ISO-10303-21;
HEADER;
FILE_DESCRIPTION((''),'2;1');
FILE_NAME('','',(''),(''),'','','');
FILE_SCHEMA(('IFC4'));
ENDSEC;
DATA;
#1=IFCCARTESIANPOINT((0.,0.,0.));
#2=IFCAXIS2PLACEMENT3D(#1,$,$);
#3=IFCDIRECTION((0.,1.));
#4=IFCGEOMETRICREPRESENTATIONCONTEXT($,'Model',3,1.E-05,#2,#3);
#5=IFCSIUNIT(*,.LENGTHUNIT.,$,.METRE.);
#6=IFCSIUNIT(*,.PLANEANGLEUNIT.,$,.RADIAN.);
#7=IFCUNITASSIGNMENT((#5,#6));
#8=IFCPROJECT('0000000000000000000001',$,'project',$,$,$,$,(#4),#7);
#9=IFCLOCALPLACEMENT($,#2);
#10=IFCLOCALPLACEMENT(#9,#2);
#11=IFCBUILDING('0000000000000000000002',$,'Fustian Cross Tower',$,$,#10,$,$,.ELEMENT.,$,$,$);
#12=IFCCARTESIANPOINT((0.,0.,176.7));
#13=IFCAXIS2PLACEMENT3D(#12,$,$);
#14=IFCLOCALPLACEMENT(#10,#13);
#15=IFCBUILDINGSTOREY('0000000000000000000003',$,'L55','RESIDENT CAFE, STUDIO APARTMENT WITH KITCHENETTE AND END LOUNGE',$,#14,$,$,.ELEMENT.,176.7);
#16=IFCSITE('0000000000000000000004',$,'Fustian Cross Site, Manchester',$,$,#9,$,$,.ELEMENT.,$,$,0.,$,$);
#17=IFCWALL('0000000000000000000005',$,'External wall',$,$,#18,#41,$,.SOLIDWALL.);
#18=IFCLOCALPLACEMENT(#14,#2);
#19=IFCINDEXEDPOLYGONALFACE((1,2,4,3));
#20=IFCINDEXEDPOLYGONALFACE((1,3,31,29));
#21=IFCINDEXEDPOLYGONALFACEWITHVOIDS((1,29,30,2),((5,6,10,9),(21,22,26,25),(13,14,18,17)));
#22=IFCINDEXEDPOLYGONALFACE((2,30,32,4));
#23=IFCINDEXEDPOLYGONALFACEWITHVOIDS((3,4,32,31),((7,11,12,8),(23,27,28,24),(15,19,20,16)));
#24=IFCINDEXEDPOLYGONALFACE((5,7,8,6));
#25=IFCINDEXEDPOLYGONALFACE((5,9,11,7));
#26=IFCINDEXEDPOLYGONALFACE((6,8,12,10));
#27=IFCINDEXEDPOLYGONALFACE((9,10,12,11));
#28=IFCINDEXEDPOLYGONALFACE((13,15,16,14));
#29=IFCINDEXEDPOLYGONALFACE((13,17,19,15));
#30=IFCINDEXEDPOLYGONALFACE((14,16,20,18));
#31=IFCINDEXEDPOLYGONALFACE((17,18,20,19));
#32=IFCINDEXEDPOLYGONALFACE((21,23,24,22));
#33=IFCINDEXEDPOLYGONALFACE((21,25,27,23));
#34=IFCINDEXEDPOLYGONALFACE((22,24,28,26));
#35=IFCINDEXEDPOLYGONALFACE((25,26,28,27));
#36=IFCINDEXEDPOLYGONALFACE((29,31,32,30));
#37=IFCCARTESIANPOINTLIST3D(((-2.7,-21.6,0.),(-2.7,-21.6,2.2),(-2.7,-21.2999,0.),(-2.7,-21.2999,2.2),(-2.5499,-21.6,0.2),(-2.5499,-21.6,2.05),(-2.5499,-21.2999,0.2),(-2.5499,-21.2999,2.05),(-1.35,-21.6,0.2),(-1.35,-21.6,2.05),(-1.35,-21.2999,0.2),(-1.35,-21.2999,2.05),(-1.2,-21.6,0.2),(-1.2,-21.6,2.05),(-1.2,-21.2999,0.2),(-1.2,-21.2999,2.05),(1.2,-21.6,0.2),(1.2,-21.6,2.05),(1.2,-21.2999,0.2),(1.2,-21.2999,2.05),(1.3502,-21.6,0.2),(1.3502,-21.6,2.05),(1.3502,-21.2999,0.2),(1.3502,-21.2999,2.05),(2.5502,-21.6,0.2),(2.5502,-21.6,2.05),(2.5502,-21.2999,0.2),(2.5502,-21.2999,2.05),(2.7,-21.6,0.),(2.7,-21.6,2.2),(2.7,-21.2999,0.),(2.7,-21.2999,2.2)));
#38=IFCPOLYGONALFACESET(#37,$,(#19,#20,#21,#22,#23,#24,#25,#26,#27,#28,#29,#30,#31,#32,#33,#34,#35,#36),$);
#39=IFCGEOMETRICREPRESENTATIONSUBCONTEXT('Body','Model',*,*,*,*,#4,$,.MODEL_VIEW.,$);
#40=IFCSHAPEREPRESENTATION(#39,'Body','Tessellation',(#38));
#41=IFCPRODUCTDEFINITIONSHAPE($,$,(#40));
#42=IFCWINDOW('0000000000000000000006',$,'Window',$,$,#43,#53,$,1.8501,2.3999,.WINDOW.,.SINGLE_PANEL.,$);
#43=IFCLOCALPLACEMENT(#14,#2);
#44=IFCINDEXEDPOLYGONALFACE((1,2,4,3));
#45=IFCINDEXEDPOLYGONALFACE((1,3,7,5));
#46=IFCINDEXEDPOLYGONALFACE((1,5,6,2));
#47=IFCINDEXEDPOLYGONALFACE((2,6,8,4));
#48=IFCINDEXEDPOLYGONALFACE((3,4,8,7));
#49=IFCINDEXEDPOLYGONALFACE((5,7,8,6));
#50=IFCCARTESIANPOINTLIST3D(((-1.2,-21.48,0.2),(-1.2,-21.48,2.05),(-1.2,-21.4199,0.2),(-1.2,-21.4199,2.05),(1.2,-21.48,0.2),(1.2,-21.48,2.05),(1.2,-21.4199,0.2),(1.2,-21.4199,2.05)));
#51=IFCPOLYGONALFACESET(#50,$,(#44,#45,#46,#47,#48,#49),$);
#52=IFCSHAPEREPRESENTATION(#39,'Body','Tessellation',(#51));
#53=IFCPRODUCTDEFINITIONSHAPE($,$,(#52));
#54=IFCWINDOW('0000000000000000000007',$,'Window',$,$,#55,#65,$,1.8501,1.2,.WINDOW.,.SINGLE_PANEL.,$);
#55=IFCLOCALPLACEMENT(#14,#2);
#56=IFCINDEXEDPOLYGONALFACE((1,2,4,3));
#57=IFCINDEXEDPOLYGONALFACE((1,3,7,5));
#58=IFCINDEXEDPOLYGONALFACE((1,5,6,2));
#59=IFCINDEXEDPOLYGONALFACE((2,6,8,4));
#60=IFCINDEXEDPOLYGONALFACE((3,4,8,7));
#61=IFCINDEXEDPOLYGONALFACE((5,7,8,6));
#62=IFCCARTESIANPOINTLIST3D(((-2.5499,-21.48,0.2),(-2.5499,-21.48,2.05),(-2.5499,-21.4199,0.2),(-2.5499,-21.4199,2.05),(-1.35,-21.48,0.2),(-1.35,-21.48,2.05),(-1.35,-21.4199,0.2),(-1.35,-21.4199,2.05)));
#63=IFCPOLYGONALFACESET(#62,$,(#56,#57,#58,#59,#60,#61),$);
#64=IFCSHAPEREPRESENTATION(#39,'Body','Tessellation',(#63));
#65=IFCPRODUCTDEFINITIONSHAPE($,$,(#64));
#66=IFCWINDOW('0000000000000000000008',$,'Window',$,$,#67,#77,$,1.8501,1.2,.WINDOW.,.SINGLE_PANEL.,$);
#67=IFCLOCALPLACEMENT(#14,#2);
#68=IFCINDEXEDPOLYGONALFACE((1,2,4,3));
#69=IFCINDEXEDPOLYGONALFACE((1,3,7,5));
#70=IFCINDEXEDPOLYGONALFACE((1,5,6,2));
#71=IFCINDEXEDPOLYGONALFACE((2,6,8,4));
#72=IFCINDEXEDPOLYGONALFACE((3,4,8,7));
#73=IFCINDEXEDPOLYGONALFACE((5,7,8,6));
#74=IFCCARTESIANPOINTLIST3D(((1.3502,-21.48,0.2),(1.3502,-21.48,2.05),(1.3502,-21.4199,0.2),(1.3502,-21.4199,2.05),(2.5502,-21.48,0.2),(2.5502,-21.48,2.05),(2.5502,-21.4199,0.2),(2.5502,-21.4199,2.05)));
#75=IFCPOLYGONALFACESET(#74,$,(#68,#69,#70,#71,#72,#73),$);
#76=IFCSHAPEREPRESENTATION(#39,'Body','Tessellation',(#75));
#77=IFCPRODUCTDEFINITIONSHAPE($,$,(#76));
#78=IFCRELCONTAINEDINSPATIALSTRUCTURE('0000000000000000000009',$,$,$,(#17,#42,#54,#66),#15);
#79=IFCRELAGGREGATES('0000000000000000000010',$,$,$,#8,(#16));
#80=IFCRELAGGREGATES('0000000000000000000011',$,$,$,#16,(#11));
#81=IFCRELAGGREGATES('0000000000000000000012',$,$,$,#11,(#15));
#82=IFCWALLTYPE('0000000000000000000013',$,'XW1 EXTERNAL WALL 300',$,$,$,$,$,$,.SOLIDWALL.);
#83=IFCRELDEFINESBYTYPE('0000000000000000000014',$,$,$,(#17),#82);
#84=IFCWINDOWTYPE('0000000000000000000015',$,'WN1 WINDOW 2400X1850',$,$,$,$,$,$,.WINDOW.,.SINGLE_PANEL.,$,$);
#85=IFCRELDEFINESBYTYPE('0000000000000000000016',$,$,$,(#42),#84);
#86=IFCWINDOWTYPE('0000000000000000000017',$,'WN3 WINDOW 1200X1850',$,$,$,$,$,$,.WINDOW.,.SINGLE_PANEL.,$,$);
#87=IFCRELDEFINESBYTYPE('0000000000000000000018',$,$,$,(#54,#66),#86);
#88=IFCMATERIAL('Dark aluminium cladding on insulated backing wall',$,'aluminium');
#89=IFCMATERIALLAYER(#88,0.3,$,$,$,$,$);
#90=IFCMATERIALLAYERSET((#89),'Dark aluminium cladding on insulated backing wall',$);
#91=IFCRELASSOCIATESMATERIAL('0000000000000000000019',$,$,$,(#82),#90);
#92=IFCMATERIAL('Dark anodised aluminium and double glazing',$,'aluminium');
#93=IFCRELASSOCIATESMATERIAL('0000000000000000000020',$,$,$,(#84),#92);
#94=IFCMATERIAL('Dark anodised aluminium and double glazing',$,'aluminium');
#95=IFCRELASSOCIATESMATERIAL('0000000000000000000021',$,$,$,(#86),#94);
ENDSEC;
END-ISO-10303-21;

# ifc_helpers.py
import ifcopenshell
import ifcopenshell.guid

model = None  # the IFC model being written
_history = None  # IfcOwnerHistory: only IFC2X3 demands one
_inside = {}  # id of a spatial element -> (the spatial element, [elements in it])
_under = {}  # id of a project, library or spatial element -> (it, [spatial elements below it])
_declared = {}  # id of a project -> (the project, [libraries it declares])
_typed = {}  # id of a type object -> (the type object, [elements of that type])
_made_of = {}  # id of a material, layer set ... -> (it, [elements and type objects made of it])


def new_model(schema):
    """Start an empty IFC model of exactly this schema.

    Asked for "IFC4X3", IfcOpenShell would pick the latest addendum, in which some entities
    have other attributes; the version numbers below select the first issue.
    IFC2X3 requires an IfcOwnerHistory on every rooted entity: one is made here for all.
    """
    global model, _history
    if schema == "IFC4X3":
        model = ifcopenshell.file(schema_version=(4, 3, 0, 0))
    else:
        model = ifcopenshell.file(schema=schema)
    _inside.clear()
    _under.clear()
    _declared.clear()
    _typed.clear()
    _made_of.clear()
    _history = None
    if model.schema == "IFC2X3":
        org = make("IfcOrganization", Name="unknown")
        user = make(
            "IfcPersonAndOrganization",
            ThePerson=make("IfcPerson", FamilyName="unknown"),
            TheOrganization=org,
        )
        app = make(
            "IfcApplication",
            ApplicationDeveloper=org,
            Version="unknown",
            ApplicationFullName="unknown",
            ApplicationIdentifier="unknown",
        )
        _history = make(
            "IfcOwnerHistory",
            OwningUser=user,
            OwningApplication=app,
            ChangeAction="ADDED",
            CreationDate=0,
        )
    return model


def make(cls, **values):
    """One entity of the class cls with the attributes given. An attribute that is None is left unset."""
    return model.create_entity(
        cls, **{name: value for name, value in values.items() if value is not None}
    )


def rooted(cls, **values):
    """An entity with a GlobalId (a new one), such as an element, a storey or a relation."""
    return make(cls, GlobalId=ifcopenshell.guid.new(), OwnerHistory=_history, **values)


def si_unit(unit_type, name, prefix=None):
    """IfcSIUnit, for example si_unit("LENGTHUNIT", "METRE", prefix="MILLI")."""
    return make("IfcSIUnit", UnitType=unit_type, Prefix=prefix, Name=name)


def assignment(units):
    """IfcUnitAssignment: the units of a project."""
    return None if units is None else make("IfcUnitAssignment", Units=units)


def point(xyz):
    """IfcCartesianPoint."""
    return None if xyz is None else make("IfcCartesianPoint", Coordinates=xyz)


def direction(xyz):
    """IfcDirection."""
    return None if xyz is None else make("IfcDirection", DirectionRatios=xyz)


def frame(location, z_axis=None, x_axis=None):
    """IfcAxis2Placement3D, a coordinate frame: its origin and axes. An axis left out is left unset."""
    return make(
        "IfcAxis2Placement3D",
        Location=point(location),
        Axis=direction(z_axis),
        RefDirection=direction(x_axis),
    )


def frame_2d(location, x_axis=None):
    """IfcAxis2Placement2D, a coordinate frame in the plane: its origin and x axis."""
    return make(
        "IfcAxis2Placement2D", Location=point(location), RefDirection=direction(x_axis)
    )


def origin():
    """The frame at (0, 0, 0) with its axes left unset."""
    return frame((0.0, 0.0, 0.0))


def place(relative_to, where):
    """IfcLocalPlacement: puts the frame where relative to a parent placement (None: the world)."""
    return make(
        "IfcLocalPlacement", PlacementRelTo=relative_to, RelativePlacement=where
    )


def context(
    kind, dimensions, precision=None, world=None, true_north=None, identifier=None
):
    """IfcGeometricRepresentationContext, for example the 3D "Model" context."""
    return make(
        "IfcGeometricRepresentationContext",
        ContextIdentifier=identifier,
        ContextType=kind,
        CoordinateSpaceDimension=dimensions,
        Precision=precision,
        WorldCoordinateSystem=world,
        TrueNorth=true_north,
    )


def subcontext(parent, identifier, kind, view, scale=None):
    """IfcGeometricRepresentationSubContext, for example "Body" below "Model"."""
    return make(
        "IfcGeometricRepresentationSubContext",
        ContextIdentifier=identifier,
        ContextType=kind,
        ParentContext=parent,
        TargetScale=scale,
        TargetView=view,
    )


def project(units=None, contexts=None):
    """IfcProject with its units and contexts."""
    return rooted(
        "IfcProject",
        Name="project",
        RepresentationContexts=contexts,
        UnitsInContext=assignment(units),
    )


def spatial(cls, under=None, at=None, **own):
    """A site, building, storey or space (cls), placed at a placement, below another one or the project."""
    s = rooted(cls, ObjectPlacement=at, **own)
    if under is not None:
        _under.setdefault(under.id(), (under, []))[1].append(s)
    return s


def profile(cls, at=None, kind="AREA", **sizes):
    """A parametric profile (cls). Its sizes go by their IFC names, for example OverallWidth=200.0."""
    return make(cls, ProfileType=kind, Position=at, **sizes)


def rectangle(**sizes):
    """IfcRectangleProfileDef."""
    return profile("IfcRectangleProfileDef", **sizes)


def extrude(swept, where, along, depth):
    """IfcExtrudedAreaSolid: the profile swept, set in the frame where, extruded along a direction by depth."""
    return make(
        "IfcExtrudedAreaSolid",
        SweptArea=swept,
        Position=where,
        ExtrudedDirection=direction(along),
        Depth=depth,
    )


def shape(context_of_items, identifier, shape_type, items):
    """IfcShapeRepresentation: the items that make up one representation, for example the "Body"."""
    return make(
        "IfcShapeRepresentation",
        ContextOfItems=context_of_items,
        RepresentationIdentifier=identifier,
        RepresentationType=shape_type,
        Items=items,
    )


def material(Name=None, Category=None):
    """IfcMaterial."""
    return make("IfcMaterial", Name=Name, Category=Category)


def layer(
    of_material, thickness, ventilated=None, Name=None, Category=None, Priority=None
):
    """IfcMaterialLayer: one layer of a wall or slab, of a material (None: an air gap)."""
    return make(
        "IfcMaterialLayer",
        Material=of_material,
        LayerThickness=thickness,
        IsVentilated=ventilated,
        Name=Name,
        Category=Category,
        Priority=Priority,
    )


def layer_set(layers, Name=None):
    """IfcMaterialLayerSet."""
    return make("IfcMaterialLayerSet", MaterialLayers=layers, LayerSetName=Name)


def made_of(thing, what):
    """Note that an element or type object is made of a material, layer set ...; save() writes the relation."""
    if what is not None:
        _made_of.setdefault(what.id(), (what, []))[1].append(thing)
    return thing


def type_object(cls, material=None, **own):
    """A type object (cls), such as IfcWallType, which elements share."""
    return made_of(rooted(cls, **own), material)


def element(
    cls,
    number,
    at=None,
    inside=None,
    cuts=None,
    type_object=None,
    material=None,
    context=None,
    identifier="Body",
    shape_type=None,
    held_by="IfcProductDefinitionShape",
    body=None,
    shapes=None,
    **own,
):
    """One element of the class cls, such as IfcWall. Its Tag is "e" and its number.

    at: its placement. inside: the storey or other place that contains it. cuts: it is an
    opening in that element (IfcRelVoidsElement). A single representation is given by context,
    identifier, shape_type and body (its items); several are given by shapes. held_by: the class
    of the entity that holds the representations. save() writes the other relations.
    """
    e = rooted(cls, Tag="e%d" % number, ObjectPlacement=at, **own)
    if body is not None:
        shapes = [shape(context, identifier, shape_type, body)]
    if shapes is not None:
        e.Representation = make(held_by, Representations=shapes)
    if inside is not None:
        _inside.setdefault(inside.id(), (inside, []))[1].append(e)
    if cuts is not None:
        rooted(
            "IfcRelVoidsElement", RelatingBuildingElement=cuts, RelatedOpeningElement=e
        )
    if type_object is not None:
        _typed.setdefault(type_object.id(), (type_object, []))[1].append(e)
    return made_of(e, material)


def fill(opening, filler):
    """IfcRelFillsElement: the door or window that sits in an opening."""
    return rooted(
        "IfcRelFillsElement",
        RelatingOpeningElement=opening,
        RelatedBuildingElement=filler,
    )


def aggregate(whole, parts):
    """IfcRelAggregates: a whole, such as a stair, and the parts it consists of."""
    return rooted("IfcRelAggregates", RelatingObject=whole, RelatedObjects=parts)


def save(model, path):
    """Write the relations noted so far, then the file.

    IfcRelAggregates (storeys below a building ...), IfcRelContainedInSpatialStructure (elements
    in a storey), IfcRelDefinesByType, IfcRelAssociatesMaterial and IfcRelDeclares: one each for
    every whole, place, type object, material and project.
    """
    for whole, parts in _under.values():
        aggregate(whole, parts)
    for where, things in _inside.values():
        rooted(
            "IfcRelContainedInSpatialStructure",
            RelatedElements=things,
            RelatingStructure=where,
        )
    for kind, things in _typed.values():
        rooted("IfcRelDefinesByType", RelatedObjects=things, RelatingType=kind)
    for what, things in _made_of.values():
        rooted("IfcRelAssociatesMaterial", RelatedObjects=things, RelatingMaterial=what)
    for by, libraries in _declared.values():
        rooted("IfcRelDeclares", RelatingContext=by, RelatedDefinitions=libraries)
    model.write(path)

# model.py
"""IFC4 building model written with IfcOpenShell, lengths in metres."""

from ifc_helpers import new_model, si_unit, direction, frame, frame_2d, origin, place, context, subcontext, project, spatial, rectangle, extrude, material, layer, layer_set, type_object, element, fill, save


model = new_model("IFC4")

# Units and contexts
model_context = context("Model", 3, precision=1e-05, world=origin(), true_north=direction((0.0, 1.0)))
body_context = subcontext(model_context, "Body", "Model", "MODEL_VIEW")
ifc_project = project(units=[si_unit("LENGTHUNIT", "METRE"), si_unit("PLANEANGLEUNIT", "RADIAN")], contexts=[model_context])

# Site, building, storey
site_placement = place(None, origin())
site = spatial("IfcSite", under=ifc_project, at=site_placement, Name="Fustian Cross Site, Manchester", CompositionType="ELEMENT", RefElevation=0.0)
building_placement = place(site_placement, origin())
building = spatial("IfcBuilding", under=site, at=building_placement, Name="Fustian Cross Tower", CompositionType="ELEMENT")
storey_placement = place(building_placement, frame((0.0, 0.0, 176.7)))
storey = spatial("IfcBuildingStorey", under=building, at=storey_placement, Name="L55", Description="RESIDENT CAFE, STUDIO APARTMENT WITH KITCHENETTE AND END LOUNGE", CompositionType="ELEMENT", Elevation=176.7)

# Shared definitions
ifc_material_1 = material(Name="Dark aluminium cladding on insulated backing wall", Category="aluminium")
ifc_layer_1 = layer(ifc_material_1, 0.3)
ifc_layer_set_1 = layer_set([ifc_layer_1], Name="Dark aluminium cladding on insulated backing wall")
wall_type_1 = type_object("IfcWallType", Name="XW1 EXTERNAL WALL 300", PredefinedType="SOLIDWALL", material=ifc_layer_set_1)

# Wall, openings, windows
wall_1_placement = place(storey_placement, frame((-2.7, -21.45, 0.0), z_axis=(0.0, 0.0, 1.0), x_axis=(1.0, 0.0, 0.0)))
wall_1 = element("IfcWall", 1, at=wall_1_placement, inside=storey, type_object=wall_type_1, Name="External wall", PredefinedType="SOLIDWALL", context=body_context, shape_type="SweptSolid", body=[
    extrude(rectangle(XDim=5.3999, YDim=0.3, at=frame_2d((2.7, 0.0))), origin(), (0.0, 0.0, 1.0), 2.2),
])
opening_1_placement = place(wall_1_placement, frame((1.5, 0.0, 0.2)))
opening_1 = element("IfcOpeningElement", 2, at=opening_1_placement, cuts=wall_1, PredefinedType="OPENING", context=body_context, shape_type="SweptSolid", body=[
    extrude(rectangle(XDim=2.3999, YDim=1.8501, at=frame_2d((1.2, 0.925))), frame((0.0, 0.1599, 0.0), z_axis=(0.0, -1.0, 0.0), x_axis=(1.0, 0.0, 0.0)), (0.0, 0.0, 1.0), 0.3201),
])
opening_2_placement = place(wall_1_placement, frame((0.1499, 0.0, 0.2)))
opening_2 = element("IfcOpeningElement", 3, at=opening_2_placement, cuts=wall_1, PredefinedType="OPENING", context=body_context, shape_type="SweptSolid", body=[
    extrude(rectangle(XDim=1.2, YDim=1.8501, at=frame_2d((0.6001, 0.925))), frame((0.0, 0.1599, 0.0), z_axis=(0.0, -1.0, 0.0), x_axis=(1.0, 0.0, 0.0)), (0.0, 0.0, 1.0), 0.3201),
])
opening_3_placement = place(wall_1_placement, frame((4.05, 0.0, 0.2)))
opening_3 = element("IfcOpeningElement", 4, at=opening_3_placement, cuts=wall_1, PredefinedType="OPENING", context=body_context, shape_type="SweptSolid", body=[
    extrude(rectangle(XDim=1.2, YDim=1.8501, at=frame_2d((0.6001, 0.925))), frame((0.0, 0.1599, 0.0), z_axis=(0.0, -1.0, 0.0), x_axis=(1.0, 0.0, 0.0)), (0.0, 0.0, 1.0), 0.3201),
])
ifc_material_2 = material(Name="Dark anodised aluminium and double glazing", Category="aluminium")
window_type_1 = type_object("IfcWindowType", Name="WN1 WINDOW 2400X1850", PartitioningType="SINGLE_PANEL", PredefinedType="WINDOW", material=ifc_material_2)
window_1_placement = place(opening_1_placement, origin())
window_1 = element("IfcWindow", 5, at=window_1_placement, inside=storey, type_object=window_type_1, Name="Window", OverallHeight=1.8501, OverallWidth=2.3999, PartitioningType="SINGLE_PANEL", PredefinedType="WINDOW", context=body_context, shape_type="SweptSolid", body=[
    extrude(rectangle(XDim=2.3999, YDim=1.8501, at=frame_2d((1.2, 0.925))), frame((0.0, 0.03, 0.0), z_axis=(0.0, -1.0, 0.0), x_axis=(1.0, 0.0, 0.0)), (0.0, 0.0, 1.0), 0.0601),
])
fill(opening_1, window_1)
ifc_material_3 = material(Name="Dark anodised aluminium and double glazing", Category="aluminium")
window_type_2 = type_object("IfcWindowType", Name="WN3 WINDOW 1200X1850", PartitioningType="SINGLE_PANEL", PredefinedType="WINDOW", material=ifc_material_3)
window_2_placement = place(opening_2_placement, origin())
window_2 = element("IfcWindow", 6, at=window_2_placement, inside=storey, type_object=window_type_2, Name="Window", OverallHeight=1.8501, OverallWidth=1.2, PartitioningType="SINGLE_PANEL", PredefinedType="WINDOW", context=body_context, shape_type="SweptSolid", body=[
    extrude(rectangle(XDim=1.2, YDim=1.8501, at=frame_2d((0.6001, 0.925))), frame((0.0, 0.03, 0.0), z_axis=(0.0, -1.0, 0.0), x_axis=(1.0, 0.0, 0.0)), (0.0, 0.0, 1.0), 0.0601),
])
fill(opening_2, window_2)
window_3_placement = place(opening_3_placement, origin())
window_3 = element("IfcWindow", 7, at=window_3_placement, inside=storey, type_object=window_type_2, Name="Window", OverallHeight=1.8501, OverallWidth=1.2, PartitioningType="SINGLE_PANEL", PredefinedType="WINDOW", context=body_context, shape_type="SweptSolid", body=[
    extrude(rectangle(XDim=1.2, YDim=1.8501, at=frame_2d((0.6001, 0.925))), frame((0.0, 0.03, 0.0), z_axis=(0.0, -1.0, 0.0), x_axis=(1.0, 0.0, 0.0)), (0.0, 0.0, 1.0), 0.0601),
])
fill(opening_3, window_3)

save(model, "model.ifc")
